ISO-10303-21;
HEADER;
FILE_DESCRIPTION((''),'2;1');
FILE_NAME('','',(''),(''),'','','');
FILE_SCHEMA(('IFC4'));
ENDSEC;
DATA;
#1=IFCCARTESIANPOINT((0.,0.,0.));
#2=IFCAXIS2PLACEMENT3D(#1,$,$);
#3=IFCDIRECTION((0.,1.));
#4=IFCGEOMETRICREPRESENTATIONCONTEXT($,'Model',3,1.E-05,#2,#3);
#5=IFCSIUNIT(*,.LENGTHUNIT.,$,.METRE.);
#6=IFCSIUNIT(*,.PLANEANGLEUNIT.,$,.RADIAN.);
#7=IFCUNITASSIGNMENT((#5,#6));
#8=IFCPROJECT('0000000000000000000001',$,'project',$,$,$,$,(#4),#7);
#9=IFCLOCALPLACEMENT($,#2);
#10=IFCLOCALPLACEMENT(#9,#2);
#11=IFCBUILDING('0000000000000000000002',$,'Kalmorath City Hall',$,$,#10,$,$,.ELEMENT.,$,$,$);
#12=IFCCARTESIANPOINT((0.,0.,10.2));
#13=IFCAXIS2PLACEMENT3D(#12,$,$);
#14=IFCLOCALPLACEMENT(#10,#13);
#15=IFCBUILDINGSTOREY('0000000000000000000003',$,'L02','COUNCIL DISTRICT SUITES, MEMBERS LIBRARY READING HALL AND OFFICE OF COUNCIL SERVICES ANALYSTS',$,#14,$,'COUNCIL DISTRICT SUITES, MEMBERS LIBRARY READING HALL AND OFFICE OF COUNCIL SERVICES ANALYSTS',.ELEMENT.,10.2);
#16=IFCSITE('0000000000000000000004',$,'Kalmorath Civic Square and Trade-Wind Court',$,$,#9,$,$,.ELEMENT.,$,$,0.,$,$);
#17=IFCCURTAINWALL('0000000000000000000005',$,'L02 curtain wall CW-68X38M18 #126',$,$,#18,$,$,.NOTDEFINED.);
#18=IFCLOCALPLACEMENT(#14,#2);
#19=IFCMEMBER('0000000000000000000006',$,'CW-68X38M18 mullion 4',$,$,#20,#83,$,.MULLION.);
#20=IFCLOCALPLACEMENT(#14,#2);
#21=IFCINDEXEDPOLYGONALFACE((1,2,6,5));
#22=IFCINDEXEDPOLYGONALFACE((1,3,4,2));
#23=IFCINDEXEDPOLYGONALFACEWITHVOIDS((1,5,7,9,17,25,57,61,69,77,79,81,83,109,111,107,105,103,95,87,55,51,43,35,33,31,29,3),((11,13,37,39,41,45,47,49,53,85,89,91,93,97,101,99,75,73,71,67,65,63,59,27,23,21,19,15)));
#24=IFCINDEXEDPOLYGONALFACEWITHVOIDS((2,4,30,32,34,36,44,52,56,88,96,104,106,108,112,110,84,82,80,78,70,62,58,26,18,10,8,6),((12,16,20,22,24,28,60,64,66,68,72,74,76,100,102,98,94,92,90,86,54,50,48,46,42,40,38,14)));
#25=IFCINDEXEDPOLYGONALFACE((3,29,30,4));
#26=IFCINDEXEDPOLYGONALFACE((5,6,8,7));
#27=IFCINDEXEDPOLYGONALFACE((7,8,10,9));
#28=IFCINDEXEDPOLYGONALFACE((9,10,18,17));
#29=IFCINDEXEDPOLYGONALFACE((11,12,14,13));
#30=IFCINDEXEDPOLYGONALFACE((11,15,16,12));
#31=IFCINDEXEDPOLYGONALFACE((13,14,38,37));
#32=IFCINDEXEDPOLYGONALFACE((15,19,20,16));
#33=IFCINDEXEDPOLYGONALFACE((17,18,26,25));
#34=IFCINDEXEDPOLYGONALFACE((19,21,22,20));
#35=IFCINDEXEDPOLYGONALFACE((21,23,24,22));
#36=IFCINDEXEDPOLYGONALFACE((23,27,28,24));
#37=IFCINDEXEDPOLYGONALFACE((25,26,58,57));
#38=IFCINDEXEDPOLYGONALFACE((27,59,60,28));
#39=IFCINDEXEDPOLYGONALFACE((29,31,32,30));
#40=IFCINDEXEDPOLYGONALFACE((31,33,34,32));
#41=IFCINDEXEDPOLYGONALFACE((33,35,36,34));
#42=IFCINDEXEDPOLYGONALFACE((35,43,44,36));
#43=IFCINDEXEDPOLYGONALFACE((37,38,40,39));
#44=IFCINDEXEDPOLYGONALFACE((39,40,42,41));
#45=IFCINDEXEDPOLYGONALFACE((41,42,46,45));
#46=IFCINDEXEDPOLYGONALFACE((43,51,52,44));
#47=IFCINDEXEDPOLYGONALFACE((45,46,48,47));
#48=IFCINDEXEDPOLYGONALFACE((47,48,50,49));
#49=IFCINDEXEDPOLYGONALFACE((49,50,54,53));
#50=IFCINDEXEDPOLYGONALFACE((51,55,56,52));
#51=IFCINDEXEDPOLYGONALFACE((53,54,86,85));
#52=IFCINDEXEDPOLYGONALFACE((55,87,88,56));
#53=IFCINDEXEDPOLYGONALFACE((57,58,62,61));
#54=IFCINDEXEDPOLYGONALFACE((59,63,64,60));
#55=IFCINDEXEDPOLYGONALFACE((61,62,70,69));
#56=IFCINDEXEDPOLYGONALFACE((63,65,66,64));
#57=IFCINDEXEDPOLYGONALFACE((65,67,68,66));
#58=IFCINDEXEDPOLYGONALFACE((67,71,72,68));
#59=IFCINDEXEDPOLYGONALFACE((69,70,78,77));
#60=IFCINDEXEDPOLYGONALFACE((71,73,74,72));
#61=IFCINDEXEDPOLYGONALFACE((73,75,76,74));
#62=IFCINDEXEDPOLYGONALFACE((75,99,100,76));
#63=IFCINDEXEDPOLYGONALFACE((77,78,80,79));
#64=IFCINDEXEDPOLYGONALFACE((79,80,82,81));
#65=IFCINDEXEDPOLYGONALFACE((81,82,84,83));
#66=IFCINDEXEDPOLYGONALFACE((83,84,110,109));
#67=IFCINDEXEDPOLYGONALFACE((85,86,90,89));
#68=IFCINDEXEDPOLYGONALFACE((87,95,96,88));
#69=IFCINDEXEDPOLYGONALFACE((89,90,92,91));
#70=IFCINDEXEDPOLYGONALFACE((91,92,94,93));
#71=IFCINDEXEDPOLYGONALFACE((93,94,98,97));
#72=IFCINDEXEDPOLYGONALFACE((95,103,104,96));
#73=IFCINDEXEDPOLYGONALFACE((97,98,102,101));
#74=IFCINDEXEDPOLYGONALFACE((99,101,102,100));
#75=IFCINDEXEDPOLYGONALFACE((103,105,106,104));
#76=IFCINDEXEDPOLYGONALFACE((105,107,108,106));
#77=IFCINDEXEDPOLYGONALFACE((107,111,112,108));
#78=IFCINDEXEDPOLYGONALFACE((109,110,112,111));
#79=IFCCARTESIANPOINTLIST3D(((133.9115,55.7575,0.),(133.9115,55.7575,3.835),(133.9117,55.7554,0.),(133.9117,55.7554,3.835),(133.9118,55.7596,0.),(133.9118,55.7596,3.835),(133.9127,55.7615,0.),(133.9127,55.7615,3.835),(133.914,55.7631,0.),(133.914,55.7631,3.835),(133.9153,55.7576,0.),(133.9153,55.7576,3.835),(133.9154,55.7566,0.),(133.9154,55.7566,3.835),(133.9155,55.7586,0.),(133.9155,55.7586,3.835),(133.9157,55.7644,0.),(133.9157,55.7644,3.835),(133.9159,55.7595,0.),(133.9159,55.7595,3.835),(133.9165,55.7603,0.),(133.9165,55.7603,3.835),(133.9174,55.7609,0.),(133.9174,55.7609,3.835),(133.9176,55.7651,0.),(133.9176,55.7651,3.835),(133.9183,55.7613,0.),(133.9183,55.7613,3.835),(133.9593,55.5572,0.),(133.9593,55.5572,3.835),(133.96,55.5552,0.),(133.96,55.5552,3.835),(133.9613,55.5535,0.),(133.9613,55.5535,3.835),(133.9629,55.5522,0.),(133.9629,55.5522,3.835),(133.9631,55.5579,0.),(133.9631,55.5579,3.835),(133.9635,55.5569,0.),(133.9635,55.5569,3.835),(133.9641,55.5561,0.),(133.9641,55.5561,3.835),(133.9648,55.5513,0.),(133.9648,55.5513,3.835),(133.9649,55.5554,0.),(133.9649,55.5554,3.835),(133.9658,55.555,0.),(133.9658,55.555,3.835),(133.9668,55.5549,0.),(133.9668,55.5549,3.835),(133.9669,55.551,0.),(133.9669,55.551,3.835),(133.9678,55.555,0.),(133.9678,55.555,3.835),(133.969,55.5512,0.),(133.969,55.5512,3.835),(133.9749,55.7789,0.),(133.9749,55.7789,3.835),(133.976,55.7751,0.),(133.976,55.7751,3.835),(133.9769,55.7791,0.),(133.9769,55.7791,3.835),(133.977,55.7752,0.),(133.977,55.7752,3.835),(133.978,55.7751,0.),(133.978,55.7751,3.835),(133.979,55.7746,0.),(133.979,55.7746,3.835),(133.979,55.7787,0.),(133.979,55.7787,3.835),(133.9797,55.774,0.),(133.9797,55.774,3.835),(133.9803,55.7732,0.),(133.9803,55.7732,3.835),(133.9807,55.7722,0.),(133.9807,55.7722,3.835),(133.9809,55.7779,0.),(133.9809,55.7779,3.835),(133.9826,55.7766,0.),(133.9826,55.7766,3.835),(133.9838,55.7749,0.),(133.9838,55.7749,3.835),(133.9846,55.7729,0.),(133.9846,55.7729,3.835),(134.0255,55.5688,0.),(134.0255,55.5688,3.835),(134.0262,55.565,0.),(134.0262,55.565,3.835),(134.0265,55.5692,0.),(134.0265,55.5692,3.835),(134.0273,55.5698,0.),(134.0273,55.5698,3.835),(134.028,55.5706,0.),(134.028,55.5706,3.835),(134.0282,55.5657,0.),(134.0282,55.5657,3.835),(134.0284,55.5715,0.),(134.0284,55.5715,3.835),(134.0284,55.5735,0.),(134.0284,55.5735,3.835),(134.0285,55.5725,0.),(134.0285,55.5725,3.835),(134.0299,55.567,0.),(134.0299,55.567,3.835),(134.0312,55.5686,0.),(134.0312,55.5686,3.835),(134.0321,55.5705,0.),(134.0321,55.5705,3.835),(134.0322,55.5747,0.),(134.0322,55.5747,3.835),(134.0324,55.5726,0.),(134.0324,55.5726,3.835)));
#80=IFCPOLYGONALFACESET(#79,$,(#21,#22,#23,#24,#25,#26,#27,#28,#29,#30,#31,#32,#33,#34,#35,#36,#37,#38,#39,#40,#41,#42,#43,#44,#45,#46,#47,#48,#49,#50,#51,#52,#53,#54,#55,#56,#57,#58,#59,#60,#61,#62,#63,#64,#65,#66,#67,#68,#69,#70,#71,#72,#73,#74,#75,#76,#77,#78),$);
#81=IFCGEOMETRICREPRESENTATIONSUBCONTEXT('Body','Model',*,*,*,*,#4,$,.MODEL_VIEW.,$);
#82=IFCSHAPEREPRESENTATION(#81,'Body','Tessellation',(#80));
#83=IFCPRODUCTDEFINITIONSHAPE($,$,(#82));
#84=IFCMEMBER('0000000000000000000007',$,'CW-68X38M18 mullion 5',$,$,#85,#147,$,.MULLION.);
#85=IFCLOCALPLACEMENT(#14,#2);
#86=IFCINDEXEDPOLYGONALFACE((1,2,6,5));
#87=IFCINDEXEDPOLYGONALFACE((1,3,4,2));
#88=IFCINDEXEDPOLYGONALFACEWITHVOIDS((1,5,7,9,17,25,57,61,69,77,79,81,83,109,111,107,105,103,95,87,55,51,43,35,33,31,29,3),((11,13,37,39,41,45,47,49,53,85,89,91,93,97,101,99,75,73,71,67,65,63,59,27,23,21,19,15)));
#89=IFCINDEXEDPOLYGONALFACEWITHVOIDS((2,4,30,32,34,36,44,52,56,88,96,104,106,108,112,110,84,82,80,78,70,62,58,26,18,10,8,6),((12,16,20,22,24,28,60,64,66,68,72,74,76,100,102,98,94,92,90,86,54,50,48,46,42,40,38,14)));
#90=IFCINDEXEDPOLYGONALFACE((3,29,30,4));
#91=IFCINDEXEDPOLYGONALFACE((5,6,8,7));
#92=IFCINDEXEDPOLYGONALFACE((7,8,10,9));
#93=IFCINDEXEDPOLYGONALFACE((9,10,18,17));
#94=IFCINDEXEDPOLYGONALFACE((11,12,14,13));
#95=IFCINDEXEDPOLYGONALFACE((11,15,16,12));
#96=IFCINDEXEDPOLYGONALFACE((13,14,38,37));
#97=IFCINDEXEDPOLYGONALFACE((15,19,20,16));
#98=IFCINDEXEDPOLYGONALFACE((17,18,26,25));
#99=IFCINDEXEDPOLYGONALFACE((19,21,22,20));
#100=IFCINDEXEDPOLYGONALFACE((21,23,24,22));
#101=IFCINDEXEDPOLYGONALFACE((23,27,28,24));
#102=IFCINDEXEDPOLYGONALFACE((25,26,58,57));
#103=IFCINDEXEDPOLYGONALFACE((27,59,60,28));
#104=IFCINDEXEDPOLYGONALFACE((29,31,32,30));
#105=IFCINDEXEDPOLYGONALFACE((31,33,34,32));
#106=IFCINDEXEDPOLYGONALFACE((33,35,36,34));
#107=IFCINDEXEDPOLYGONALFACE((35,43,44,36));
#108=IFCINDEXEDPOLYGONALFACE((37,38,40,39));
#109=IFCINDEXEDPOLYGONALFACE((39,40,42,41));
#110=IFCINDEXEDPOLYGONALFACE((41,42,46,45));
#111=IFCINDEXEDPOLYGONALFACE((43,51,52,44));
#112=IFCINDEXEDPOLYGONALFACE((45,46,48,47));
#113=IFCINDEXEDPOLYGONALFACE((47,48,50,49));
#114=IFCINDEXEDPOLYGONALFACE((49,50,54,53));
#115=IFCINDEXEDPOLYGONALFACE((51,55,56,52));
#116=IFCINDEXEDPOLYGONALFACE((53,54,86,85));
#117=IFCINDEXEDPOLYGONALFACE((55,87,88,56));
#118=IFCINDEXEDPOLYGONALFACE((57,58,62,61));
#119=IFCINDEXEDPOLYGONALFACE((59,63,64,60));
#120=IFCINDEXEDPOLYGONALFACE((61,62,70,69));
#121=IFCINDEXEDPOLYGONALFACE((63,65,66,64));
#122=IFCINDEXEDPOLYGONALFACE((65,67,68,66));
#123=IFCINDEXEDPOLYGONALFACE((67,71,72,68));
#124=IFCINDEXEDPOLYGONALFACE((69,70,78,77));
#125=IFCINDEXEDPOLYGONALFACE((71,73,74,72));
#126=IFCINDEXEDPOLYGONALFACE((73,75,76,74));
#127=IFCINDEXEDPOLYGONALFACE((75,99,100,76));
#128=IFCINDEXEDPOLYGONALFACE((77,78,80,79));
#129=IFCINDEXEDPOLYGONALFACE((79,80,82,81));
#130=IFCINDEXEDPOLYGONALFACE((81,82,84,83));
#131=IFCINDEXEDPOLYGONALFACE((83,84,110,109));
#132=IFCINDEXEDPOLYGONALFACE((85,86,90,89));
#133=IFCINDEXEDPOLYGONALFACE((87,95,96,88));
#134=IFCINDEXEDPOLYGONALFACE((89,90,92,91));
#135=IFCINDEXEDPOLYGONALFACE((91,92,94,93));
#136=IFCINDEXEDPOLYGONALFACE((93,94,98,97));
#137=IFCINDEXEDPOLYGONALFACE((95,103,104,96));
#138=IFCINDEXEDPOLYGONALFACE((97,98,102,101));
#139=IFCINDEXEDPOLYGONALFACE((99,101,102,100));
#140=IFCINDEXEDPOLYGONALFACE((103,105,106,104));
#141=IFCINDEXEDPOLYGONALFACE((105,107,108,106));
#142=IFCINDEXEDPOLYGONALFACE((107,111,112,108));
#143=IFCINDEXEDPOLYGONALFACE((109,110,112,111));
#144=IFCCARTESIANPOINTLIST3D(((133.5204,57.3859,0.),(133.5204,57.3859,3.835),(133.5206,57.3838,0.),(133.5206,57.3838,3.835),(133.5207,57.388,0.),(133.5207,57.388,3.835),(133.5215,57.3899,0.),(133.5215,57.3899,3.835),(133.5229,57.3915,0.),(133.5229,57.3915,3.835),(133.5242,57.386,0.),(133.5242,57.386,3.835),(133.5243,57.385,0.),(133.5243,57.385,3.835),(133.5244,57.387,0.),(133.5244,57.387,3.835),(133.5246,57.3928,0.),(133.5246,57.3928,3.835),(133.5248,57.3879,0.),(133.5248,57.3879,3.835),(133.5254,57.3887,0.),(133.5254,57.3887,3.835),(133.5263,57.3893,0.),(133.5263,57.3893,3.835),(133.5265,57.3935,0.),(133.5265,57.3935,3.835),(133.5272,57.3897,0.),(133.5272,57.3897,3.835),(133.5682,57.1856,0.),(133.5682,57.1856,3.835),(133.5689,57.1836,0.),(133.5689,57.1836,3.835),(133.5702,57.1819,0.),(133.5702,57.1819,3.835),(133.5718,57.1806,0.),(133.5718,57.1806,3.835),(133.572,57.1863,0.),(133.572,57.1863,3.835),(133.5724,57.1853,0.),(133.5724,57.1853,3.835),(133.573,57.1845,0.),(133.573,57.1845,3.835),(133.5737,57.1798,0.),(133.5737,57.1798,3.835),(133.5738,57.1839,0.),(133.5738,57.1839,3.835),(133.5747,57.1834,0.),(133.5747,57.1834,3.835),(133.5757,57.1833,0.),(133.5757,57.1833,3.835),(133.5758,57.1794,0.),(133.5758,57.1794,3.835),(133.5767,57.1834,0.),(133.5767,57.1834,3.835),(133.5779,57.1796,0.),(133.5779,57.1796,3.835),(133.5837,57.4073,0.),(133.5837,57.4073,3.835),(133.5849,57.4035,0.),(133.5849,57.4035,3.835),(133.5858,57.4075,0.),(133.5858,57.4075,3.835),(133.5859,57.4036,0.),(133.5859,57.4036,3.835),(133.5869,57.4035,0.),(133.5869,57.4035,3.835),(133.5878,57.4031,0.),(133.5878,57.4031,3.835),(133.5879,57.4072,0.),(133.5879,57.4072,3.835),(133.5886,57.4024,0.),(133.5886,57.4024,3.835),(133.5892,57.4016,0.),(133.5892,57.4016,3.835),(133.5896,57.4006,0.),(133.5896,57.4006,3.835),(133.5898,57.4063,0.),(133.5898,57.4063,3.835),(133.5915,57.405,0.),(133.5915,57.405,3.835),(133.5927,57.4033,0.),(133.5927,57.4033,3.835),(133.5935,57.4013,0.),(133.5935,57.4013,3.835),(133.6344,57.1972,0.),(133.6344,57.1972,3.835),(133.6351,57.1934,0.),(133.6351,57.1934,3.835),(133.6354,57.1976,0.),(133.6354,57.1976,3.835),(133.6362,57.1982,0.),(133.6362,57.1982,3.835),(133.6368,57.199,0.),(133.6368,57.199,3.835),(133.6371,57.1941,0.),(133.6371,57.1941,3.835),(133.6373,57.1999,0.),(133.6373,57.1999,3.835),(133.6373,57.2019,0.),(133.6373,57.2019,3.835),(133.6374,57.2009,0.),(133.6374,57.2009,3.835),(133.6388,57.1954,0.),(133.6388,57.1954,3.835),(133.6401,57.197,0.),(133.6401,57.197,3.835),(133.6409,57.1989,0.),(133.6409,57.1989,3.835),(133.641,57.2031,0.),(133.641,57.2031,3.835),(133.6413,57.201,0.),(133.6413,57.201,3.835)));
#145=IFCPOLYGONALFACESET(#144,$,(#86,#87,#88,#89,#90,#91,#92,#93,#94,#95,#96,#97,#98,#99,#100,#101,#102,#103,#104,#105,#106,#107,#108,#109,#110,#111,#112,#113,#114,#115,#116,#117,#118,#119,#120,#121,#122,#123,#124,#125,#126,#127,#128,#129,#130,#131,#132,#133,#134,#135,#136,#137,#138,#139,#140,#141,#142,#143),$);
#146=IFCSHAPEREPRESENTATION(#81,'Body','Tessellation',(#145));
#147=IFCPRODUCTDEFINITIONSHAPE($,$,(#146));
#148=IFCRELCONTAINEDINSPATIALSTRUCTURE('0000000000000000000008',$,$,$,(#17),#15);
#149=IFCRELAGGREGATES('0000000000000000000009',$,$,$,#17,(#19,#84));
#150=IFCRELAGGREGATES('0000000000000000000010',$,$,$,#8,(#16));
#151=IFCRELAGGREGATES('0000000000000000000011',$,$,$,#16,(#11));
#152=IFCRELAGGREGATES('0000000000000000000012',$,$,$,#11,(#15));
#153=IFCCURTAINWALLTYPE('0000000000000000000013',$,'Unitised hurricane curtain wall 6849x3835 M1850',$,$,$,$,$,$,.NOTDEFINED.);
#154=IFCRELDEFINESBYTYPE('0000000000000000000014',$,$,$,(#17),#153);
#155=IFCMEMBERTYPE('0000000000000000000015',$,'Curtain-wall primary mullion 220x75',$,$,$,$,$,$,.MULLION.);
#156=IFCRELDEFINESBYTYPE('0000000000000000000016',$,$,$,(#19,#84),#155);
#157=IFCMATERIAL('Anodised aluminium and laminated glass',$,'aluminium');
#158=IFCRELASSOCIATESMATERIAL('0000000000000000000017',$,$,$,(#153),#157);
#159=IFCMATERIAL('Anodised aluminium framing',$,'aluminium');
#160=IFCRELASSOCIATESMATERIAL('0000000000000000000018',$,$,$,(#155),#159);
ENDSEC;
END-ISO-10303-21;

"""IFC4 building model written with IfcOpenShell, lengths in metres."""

from ifc_helpers import new_model, si_unit, direction, frame, origin, origin_2d, place, context, subcontext, project, spatial, hollow_rectangle, extrude, material, material_profile, profile_set, type_object, element, aggregate, save


model = new_model("IFC4")

# Units and contexts
model_context = context("Model", 3, precision=1e-05, world=origin(), true_north=direction((0.0, 1.0)))
body_context = subcontext(model_context, "Body", "Model", "MODEL_VIEW")
ifc_project = project(units=[si_unit("LENGTHUNIT", "METRE"), si_unit("PLANEANGLEUNIT", "RADIAN")], contexts=[model_context])

# Site, building, storey
site_placement = place(None, origin())
site = spatial("IfcSite", under=ifc_project, at=site_placement, Name="Kalmorath Civic Square and Trade-Wind Court", CompositionType="ELEMENT", RefElevation=0.0)
building_placement = place(site_placement, origin())
building = spatial("IfcBuilding", under=site, at=building_placement, Name="Kalmorath City Hall", CompositionType="ELEMENT")
storey_placement = place(building_placement, frame((0.0, 0.0, 10.2)))
storey = spatial("IfcBuildingStorey", under=building, at=storey_placement, Name="L02", Description="COUNCIL DISTRICT SUITES, MEMBERS LIBRARY READING HALL AND OFFICE OF COUNCIL SERVICES ANALYSTS", LongName="COUNCIL DISTRICT SUITES, MEMBERS LIBRARY READING HALL AND OFFICE OF COUNCIL SERVICES ANALYSTS", CompositionType="ELEMENT", Elevation=10.2)

# Curtain wall
ifc_material_1 = material(Name="Anodised aluminium and laminated glass", Category="aluminium")
curtain_wall_type = type_object("IfcCurtainWallType", Name="Unitised hurricane curtain wall 6849x3835 M1850", PredefinedType="NOTDEFINED", material=ifc_material_1)
curtain_wall_1_placement = place(storey_placement, origin())
curtain_wall_1 = element("IfcCurtainWall", 1, at=curtain_wall_1_placement, inside=storey, type_object=curtain_wall_type, Name="L02 curtain wall CW-68X38M18 #126", PredefinedType="NOTDEFINED")

# Members
ifc_material_2 = material(Name="Anodised aluminium framing", Category="aluminium")
ifc_material_profile_1 = material_profile(ifc_material_2, hollow_rectangle(XDim=0.075, YDim=0.22, WallThickness=0.0039, InnerFilletRadius=0.0039, OuterFilletRadius=0.0081, at=origin_2d()), Name="ALU-MUL-220X75X4")
ifc_profile_set_1 = profile_set([ifc_material_profile_1], Name="Anodised aluminium framing")
member_type_1 = type_object("IfcMemberType", Name="Curtain-wall primary mullion 220x75", PredefinedType="MULLION", material=ifc_profile_set_1)
member_1_placement = place(storey_placement, frame((133.9719, 55.665, 0.0), z_axis=(0.0, 0.0, 1.0), x_axis=(-0.972367, -0.233456, 0.0)))
member_1 = element("IfcMember", 2, at=member_1_placement, type_object=member_type_1, Name="CW-68X38M18 mullion 4", PredefinedType="MULLION", context=body_context, shape_type="SweptSolid", body=[
    extrude(hollow_rectangle(XDim=0.075, YDim=0.22, WallThickness=0.0039, InnerFilletRadius=0.0039, OuterFilletRadius=0.0081, at=origin_2d()), origin(), (0.0, 0.0, 1.0), 3.835),
])
member_2_placement = place(storey_placement, frame((133.5808, 57.2935, 0.0), z_axis=(0.0, 0.0, 1.0), x_axis=(-0.972367, -0.233456, 0.0)))
member_2 = element("IfcMember", 3, at=member_2_placement, type_object=member_type_1, Name="CW-68X38M18 mullion 5", PredefinedType="MULLION", context=body_context, shape_type="SweptSolid", body=[
    extrude(hollow_rectangle(XDim=0.075, YDim=0.22, WallThickness=0.0039, InnerFilletRadius=0.0039, OuterFilletRadius=0.0081, at=origin_2d()), origin(), (0.0, 0.0, 1.0), 3.835),
])

aggregate(curtain_wall_1, [member_1, member_2])

save(model, "model.ifc")
